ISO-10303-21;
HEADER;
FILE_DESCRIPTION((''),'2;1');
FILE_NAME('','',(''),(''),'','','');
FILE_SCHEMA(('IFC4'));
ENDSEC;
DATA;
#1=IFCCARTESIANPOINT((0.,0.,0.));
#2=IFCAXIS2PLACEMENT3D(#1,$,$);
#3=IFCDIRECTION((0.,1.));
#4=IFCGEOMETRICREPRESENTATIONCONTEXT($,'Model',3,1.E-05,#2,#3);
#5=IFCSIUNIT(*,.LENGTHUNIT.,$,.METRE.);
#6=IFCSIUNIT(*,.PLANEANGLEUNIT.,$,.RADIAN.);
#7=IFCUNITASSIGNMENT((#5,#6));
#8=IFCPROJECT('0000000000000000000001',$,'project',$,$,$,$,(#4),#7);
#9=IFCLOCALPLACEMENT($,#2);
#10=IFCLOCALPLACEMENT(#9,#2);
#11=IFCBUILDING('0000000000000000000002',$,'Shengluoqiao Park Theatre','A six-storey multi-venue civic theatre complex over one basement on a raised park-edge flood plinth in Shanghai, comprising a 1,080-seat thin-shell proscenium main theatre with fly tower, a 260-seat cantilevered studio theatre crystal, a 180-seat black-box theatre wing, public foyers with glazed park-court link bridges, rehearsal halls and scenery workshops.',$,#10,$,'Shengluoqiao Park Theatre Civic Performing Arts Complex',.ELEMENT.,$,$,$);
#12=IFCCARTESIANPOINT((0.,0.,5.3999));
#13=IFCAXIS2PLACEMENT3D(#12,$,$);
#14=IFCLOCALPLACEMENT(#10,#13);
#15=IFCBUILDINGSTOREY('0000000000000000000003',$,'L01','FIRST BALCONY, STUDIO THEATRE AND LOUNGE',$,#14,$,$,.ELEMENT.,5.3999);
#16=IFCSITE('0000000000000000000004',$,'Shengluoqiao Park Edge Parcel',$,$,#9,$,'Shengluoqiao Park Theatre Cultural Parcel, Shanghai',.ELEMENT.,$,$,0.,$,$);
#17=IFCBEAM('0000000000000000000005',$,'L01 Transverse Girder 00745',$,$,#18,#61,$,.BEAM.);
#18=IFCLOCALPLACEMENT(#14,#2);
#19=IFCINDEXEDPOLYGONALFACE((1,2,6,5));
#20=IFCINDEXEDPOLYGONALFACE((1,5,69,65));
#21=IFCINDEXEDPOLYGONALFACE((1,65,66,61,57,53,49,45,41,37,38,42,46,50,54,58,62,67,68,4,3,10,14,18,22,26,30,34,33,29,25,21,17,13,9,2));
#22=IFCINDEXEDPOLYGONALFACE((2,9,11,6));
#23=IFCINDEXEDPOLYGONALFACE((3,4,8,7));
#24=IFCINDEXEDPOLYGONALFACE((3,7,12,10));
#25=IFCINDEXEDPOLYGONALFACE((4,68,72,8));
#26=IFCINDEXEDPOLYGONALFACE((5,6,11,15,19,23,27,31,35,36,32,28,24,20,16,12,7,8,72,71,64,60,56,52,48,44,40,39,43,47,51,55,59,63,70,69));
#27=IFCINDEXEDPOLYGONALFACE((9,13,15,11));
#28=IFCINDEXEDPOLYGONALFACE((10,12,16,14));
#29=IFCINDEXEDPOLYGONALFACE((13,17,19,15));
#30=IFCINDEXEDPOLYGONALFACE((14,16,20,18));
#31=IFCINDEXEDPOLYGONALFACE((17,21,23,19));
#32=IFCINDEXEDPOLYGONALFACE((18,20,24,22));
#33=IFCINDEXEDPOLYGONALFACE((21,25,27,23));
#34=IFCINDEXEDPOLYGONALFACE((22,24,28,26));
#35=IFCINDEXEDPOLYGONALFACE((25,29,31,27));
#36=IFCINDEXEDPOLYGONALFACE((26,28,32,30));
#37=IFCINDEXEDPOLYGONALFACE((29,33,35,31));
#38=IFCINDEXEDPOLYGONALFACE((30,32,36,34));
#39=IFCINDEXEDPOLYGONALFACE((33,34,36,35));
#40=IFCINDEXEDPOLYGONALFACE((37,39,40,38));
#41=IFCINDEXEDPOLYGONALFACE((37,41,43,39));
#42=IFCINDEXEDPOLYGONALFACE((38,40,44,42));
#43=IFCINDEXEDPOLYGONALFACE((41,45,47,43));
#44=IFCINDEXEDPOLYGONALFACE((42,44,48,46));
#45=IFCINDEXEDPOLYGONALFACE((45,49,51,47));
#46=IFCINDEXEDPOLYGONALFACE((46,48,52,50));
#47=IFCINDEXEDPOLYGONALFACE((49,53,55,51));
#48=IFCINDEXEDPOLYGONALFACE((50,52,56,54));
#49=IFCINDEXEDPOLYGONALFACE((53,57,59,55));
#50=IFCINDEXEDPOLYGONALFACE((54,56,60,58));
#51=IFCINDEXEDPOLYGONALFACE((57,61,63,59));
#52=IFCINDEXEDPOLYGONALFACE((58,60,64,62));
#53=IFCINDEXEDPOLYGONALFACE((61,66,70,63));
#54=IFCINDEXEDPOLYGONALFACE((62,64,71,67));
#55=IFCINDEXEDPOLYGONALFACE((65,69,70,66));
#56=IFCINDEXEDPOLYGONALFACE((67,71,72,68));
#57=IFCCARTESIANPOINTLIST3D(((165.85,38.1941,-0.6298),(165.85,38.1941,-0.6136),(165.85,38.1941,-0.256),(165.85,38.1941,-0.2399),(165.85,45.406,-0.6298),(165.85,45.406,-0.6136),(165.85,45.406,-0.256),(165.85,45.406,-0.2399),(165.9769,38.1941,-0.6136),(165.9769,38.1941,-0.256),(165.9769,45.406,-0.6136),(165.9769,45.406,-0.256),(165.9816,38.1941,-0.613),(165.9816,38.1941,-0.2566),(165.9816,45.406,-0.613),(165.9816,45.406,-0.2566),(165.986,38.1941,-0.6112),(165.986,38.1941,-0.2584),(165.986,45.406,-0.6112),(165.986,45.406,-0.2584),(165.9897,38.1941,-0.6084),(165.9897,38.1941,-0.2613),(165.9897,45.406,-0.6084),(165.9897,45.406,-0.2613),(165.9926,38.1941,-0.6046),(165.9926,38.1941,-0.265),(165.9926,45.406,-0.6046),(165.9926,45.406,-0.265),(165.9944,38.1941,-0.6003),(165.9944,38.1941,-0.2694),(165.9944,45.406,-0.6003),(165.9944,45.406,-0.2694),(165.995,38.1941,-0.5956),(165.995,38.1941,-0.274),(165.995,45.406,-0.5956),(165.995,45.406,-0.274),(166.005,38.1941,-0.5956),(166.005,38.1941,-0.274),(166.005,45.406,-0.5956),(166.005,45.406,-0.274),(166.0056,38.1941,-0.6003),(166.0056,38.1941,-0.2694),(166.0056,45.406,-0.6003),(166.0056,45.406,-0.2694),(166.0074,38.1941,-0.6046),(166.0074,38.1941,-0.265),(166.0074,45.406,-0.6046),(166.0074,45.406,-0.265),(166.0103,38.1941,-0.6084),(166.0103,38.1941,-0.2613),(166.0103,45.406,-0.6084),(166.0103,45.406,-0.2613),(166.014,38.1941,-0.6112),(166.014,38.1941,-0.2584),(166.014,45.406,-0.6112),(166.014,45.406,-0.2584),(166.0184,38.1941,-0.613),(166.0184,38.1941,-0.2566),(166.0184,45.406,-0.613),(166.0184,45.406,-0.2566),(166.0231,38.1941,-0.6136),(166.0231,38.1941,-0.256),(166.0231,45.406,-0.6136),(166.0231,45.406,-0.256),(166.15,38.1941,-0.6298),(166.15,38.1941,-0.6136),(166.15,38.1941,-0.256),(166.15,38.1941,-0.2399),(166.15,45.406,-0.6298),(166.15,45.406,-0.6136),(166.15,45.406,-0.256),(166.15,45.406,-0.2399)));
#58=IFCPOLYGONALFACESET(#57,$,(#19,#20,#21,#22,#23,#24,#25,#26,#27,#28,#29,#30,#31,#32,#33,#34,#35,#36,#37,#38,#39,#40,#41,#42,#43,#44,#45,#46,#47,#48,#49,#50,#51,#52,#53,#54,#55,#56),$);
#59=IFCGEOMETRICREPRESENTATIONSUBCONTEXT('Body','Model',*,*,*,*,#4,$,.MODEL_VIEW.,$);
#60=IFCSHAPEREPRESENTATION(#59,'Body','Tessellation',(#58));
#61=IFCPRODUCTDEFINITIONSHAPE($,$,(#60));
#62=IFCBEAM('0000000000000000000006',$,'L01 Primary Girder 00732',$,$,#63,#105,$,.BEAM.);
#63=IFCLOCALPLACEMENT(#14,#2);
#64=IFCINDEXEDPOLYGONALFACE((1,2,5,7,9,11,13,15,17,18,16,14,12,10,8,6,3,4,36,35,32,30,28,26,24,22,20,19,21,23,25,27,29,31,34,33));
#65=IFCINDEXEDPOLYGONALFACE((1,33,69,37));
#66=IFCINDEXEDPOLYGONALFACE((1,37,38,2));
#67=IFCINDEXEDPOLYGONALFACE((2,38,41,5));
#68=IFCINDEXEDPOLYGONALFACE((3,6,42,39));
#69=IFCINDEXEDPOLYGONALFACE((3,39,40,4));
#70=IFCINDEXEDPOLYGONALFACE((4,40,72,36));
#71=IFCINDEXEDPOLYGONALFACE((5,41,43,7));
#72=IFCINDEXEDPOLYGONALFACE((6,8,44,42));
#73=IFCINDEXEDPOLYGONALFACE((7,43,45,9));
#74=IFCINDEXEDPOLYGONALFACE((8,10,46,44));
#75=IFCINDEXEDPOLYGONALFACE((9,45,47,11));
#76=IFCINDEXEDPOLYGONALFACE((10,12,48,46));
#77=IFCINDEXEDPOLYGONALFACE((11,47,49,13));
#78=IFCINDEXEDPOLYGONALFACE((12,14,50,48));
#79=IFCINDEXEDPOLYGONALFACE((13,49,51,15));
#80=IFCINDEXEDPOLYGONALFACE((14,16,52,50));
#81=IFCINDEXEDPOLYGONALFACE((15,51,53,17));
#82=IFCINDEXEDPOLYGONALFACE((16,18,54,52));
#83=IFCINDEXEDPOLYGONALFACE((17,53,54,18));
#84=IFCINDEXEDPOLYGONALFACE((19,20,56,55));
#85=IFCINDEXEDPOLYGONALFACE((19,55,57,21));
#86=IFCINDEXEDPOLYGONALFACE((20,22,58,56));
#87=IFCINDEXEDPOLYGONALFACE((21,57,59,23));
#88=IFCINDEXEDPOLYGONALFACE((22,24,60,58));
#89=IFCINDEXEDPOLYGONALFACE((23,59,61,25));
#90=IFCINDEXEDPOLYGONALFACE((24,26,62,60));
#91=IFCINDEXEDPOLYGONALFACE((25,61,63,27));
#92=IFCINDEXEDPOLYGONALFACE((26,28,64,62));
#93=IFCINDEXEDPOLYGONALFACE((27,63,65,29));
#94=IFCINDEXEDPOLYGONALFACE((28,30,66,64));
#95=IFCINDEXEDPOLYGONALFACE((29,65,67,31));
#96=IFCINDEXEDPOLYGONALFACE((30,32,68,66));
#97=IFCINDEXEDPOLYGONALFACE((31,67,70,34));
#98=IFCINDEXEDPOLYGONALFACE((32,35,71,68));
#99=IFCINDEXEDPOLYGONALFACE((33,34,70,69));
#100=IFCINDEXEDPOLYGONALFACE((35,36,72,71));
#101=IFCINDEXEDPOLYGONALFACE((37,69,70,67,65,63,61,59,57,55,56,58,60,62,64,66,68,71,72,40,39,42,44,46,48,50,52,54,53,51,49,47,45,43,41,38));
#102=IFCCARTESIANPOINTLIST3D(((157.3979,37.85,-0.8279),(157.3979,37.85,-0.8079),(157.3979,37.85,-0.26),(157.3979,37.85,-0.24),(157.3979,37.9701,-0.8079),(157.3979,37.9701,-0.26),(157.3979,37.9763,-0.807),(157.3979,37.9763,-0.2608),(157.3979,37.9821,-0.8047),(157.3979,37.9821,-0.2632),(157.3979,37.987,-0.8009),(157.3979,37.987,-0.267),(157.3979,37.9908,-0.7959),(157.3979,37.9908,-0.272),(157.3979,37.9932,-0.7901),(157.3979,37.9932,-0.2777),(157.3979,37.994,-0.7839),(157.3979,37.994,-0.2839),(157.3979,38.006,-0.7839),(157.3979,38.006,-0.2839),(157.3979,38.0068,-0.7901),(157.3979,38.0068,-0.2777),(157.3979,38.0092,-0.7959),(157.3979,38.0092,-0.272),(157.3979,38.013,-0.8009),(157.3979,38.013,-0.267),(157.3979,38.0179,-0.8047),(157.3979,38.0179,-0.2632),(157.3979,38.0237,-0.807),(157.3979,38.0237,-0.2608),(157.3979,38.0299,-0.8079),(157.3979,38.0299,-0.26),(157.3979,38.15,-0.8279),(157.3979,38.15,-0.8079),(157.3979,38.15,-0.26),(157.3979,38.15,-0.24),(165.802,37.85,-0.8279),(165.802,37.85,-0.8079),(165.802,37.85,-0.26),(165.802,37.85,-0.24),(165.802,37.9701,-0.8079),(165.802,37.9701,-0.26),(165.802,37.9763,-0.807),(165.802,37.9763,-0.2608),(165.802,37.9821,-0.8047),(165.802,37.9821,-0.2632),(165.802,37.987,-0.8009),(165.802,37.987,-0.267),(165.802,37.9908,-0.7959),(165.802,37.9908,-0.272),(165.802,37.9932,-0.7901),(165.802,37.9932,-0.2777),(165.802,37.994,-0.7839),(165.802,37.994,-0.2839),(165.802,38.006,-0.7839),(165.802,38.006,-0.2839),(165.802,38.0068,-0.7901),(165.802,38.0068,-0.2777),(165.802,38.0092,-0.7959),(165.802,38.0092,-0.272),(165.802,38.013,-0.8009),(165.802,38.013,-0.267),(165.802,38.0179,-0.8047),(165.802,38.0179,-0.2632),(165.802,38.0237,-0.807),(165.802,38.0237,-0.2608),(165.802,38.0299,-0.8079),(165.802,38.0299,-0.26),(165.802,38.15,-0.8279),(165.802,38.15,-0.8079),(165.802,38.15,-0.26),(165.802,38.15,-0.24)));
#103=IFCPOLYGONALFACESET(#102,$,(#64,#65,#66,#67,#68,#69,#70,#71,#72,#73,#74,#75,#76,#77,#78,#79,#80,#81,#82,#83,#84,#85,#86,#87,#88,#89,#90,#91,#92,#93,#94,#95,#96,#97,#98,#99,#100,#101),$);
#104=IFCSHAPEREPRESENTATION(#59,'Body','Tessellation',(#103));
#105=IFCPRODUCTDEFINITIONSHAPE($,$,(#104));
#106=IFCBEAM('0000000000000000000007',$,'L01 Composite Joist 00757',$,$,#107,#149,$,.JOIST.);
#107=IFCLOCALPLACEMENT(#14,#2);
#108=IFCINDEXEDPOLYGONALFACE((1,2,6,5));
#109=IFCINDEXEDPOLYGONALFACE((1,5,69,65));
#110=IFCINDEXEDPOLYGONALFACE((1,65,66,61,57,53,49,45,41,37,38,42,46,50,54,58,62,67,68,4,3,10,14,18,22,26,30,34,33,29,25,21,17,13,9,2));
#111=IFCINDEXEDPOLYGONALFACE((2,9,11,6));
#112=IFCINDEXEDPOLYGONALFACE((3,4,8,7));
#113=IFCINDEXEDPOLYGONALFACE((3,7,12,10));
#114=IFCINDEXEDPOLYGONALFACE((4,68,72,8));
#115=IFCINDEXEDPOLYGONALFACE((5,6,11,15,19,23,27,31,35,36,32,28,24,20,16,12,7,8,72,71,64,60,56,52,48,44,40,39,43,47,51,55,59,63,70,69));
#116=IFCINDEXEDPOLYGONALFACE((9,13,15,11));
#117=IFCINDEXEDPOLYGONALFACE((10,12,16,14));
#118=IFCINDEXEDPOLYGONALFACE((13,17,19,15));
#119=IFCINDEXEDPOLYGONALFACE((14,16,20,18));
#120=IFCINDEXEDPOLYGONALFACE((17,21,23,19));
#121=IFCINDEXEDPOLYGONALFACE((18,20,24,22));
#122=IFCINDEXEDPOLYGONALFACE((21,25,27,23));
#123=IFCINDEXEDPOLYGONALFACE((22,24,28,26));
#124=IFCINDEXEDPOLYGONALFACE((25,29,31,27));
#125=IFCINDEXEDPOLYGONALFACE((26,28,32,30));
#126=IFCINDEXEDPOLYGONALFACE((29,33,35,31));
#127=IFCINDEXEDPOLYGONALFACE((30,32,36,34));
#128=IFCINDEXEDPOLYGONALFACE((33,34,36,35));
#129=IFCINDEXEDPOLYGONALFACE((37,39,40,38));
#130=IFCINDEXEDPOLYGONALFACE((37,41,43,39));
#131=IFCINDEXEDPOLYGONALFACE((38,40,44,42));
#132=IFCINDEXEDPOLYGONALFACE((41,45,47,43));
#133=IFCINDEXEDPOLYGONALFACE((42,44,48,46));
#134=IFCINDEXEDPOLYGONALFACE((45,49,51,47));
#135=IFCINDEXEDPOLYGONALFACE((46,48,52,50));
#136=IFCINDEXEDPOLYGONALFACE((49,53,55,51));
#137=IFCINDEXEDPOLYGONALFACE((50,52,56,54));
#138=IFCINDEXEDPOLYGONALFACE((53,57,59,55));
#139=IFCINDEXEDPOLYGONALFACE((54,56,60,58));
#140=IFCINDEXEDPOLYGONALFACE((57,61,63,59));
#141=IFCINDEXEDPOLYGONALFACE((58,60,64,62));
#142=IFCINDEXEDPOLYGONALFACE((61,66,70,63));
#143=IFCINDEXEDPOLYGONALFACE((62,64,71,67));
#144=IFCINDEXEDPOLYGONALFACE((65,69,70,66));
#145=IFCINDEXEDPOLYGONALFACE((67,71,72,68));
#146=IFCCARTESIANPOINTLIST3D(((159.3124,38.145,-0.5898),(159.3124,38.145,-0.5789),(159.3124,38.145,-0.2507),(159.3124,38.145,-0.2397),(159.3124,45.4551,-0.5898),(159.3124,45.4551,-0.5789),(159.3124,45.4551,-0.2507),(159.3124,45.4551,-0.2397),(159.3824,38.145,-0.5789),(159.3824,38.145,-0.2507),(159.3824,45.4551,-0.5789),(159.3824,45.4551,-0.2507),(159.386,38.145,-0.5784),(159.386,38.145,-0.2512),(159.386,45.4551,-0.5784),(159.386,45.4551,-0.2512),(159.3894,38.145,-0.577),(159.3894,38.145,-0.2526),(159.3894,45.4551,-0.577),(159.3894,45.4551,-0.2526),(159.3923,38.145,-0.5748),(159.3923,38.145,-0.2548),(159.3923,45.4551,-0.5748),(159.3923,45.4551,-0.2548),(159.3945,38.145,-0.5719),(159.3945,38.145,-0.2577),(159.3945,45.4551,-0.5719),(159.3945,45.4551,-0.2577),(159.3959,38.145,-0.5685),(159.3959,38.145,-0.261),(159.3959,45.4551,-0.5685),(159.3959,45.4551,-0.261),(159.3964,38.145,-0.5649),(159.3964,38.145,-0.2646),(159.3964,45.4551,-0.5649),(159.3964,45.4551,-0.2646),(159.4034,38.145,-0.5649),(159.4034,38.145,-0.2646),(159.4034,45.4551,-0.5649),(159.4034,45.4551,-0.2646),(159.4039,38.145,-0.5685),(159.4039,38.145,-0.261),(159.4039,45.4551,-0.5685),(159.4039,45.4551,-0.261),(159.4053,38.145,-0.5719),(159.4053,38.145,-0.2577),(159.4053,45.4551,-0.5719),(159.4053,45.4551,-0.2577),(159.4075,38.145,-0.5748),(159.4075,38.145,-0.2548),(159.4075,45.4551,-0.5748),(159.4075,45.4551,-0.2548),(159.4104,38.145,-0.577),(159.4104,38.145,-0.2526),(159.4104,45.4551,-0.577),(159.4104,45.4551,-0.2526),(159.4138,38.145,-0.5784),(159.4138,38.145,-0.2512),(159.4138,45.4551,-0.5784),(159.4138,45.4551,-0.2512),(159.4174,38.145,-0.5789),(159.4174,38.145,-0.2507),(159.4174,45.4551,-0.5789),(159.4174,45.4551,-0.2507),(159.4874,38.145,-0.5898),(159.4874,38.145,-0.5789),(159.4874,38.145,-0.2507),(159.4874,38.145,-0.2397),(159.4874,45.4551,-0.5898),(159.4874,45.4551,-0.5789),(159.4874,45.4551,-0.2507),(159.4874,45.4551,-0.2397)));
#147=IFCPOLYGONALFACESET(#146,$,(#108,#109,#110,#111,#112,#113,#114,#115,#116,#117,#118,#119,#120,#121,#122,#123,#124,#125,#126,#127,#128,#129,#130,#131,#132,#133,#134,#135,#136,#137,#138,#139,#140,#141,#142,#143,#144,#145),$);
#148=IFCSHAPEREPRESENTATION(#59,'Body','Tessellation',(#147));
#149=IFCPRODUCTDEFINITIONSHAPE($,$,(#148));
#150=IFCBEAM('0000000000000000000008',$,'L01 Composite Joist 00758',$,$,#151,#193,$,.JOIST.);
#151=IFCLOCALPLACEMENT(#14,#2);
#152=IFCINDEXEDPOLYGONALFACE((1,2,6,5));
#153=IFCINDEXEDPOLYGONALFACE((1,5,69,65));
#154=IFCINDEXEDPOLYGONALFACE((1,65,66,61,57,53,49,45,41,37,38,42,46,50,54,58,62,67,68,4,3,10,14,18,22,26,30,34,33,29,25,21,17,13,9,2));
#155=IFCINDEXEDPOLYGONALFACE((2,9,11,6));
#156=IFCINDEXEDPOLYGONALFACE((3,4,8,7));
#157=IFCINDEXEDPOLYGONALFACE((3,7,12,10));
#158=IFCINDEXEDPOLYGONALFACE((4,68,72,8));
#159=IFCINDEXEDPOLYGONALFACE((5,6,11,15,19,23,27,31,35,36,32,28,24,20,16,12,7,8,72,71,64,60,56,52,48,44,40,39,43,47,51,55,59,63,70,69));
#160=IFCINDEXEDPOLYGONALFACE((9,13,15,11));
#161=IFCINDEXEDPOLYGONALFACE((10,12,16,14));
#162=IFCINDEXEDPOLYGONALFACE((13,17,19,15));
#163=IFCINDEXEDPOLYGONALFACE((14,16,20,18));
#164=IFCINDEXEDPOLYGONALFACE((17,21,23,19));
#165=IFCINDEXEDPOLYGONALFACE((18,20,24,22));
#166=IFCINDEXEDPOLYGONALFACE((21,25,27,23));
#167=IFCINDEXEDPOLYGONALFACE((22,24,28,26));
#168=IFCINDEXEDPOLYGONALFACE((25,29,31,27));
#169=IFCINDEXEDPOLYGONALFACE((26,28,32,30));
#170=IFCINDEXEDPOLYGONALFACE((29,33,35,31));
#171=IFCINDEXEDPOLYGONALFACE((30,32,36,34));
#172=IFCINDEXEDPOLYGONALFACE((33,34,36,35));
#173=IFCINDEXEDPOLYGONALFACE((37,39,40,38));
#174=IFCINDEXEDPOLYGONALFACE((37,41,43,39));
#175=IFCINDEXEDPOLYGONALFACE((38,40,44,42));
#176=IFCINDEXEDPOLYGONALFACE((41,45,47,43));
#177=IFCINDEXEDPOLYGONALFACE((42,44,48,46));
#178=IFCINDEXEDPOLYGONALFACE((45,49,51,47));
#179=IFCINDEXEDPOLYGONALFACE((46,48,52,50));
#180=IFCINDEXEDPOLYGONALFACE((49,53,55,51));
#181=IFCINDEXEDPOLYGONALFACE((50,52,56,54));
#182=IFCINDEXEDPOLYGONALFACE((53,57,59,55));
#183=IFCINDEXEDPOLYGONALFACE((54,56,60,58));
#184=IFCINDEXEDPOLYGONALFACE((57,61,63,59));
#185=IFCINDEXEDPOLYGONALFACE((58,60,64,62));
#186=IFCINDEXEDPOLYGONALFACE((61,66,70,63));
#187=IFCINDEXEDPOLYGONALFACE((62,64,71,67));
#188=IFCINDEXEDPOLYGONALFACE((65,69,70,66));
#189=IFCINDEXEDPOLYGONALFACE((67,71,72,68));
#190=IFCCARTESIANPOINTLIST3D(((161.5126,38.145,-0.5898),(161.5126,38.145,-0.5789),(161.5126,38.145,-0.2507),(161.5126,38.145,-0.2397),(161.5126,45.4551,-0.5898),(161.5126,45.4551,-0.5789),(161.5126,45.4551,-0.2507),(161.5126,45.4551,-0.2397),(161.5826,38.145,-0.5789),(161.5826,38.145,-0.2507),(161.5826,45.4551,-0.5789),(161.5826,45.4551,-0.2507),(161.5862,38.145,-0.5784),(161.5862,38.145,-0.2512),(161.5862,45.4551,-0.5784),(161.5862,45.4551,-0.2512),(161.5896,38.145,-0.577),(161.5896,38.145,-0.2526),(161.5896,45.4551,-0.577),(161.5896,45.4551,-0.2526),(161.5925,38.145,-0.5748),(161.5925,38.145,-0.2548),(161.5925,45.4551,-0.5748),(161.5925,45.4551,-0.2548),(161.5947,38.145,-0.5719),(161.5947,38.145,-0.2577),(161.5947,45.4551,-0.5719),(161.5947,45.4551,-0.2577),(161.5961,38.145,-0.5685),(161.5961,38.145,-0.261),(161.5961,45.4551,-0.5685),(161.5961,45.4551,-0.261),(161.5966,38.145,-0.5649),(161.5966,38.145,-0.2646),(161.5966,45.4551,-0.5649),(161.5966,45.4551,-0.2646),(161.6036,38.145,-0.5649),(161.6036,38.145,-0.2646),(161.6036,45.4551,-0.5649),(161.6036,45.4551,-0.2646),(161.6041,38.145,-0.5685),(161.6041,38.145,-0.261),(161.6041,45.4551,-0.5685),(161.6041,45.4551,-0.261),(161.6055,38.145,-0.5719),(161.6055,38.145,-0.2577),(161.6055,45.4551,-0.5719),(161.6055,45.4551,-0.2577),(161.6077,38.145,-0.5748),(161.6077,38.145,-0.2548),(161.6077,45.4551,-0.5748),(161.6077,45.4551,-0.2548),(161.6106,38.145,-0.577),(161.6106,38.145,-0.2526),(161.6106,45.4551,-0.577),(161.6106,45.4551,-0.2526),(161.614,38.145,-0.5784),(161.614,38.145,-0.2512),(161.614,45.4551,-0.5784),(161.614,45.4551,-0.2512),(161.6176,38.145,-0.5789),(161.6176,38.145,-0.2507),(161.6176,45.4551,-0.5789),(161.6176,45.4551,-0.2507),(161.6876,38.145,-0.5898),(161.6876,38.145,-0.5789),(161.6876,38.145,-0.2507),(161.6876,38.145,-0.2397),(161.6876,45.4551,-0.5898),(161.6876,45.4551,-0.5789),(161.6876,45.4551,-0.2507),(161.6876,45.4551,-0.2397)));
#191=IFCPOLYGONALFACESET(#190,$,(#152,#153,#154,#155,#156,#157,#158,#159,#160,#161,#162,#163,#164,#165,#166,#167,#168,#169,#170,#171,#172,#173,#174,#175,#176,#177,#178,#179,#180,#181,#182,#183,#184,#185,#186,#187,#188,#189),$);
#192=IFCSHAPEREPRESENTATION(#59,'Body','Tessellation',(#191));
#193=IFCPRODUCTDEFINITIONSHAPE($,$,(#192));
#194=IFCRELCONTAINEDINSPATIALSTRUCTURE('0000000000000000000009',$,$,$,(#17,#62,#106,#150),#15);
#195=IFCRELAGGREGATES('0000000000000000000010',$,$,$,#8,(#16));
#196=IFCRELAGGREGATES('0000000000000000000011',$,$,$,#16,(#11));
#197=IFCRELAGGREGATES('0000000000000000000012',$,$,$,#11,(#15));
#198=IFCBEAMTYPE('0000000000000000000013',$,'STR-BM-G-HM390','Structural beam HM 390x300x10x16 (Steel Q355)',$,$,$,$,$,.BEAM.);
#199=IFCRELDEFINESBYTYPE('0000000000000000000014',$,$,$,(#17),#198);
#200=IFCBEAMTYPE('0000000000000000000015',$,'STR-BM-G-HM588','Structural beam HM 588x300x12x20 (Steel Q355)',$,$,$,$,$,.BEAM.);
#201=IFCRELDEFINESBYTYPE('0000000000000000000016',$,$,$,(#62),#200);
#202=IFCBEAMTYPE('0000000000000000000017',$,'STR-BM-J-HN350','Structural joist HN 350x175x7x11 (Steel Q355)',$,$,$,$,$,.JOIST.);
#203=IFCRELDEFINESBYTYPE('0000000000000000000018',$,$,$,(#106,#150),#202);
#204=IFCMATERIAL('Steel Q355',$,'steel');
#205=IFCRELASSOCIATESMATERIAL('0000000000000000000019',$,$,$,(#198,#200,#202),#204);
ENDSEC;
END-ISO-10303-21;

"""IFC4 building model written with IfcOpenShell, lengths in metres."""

from ifc_helpers import new_model, si_unit, direction, frame, origin, origin_2d, place, context, subcontext, project, spatial, i_section, extrude, material, material_profile, profile_set, type_object, element, save


model = new_model("IFC4")

# Units and contexts
model_context = context("Model", 3, precision=1e-05, world=origin(), true_north=direction((0.0, 1.0)))
body_context = subcontext(model_context, "Body", "Model", "MODEL_VIEW")
ifc_project = project(units=[si_unit("LENGTHUNIT", "METRE"), si_unit("PLANEANGLEUNIT", "RADIAN")], contexts=[model_context])

# Site, building, storey
site_placement = place(None, origin())
site = spatial("IfcSite", under=ifc_project, at=site_placement, Name="Shengluoqiao Park Edge Parcel", LongName="Shengluoqiao Park Theatre Cultural Parcel, Shanghai", CompositionType="ELEMENT", RefElevation=0.0)
building_placement = place(site_placement, origin())
building = spatial("IfcBuilding", under=site, at=building_placement, Name="Shengluoqiao Park Theatre", Description="A six-storey multi-venue civic theatre complex over one basement on a raised park-edge flood plinth in Shanghai, comprising a 1,080-seat thin-shell proscenium main theatre with fly tower, a 260-seat cantilevered studio theatre crystal, a 180-seat black-box theatre wing, public foyers with glazed park-court link bridges, rehearsal halls and scenery workshops.", LongName="Shengluoqiao Park Theatre Civic Performing Arts Complex", CompositionType="ELEMENT")
storey_placement = place(building_placement, frame((0.0, 0.0, 5.3999)))
storey = spatial("IfcBuildingStorey", under=building, at=storey_placement, Name="L01", Description="FIRST BALCONY, STUDIO THEATRE AND LOUNGE", CompositionType="ELEMENT", Elevation=5.3999)

# Beams
ifc_material_1 = material(Name="Steel Q355", Category="steel")
ifc_material_profile_1 = material_profile(ifc_material_1, i_section(OverallWidth=0.3, OverallDepth=0.3899, WebThickness=0.01, FlangeThickness=0.0161, FilletRadius=0.0181, at=origin_2d()), Name="HM 390x300x10x16")
ifc_profile_set_1 = profile_set([ifc_material_profile_1], Name="Steel Q355")
beam_type_1 = type_object("IfcBeamType", Name="STR-BM-G-HM390", Description="Structural beam HM 390x300x10x16 (Steel Q355)", PredefinedType="BEAM", material=ifc_profile_set_1)
for number, where, z_axis, x_axis, name in (
    (1, (166.0, 38.1941, -0.4348), (0.0, 1.0, 0.0), (-1.0, 0.0, 0.0), "L01 Transverse Girder 00745"),
):
    element("IfcBeam", number, at=place(storey_placement, frame(where, z_axis=z_axis, x_axis=x_axis)), inside=storey, type_object=beam_type_1, Name=name, PredefinedType="BEAM", context=body_context, shape_type="SweptSolid", body=[
        extrude(i_section(OverallWidth=0.3, OverallDepth=0.3899, WebThickness=0.01, FlangeThickness=0.0161, FilletRadius=0.0181, at=origin_2d()), origin(), (0.0, 0.0, 1.0), 7.2119),
    ])
ifc_material_profile_2 = material_profile(ifc_material_1, i_section(OverallWidth=0.3, OverallDepth=0.5879, WebThickness=0.012, FlangeThickness=0.02, FilletRadius=0.0239, at=origin_2d()), Name="HM 588x300x12x20")
ifc_profile_set_2 = profile_set([ifc_material_profile_2], Name="Steel Q355")
beam_type_2 = type_object("IfcBeamType", Name="STR-BM-G-HM588", Description="Structural beam HM 588x300x12x20 (Steel Q355)", PredefinedType="BEAM", material=ifc_profile_set_2)
beam_placement = place(storey_placement, frame((157.3979, 38.0, -0.5339), z_axis=(1.0, 0.0, 0.0), x_axis=(0.0, 1.0, 0.0)))
element("IfcBeam", 2, at=beam_placement, inside=storey, type_object=beam_type_2, Name="L01 Primary Girder 00732", PredefinedType="BEAM", context=body_context, shape_type="SweptSolid", body=[
    extrude(i_section(OverallWidth=0.3, OverallDepth=0.5879, WebThickness=0.012, FlangeThickness=0.02, FilletRadius=0.0239, at=origin_2d()), origin(), (0.0, 0.0, 1.0), 8.4041),
])
ifc_material_profile_3 = material_profile(ifc_material_1, i_section(OverallWidth=0.175, OverallDepth=0.3501, WebThickness=0.0071, FlangeThickness=0.011, FilletRadius=0.0139, at=origin_2d()), Name="HN 350x175x7x11")
ifc_profile_set_3 = profile_set([ifc_material_profile_3], Name="Steel Q355")
beam_type_3 = type_object("IfcBeamType", Name="STR-BM-J-HN350", Description="Structural joist HN 350x175x7x11 (Steel Q355)", PredefinedType="JOIST", material=ifc_profile_set_3)
for number, where, z_axis, x_axis, name in (
    (3, (159.3999, 38.145, -0.4148), (0.0, 1.0, 0.0), (-1.0, 0.0, 0.0), "L01 Composite Joist 00757"),
    (4, (161.6001, 38.145, -0.4148), (0.0, 1.0, 0.0), (-1.0, 0.0, 0.0), "L01 Composite Joist 00758"),
):
    element("IfcBeam", number, at=place(storey_placement, frame(where, z_axis=z_axis, x_axis=x_axis)), inside=storey, type_object=beam_type_3, Name=name, PredefinedType="JOIST", context=body_context, shape_type="SweptSolid", body=[
        extrude(i_section(OverallWidth=0.175, OverallDepth=0.3501, WebThickness=0.0071, FlangeThickness=0.011, FilletRadius=0.0139, at=origin_2d()), origin(), (0.0, 0.0, 1.0), 7.3101),
    ])

save(model, "model.ifc")
